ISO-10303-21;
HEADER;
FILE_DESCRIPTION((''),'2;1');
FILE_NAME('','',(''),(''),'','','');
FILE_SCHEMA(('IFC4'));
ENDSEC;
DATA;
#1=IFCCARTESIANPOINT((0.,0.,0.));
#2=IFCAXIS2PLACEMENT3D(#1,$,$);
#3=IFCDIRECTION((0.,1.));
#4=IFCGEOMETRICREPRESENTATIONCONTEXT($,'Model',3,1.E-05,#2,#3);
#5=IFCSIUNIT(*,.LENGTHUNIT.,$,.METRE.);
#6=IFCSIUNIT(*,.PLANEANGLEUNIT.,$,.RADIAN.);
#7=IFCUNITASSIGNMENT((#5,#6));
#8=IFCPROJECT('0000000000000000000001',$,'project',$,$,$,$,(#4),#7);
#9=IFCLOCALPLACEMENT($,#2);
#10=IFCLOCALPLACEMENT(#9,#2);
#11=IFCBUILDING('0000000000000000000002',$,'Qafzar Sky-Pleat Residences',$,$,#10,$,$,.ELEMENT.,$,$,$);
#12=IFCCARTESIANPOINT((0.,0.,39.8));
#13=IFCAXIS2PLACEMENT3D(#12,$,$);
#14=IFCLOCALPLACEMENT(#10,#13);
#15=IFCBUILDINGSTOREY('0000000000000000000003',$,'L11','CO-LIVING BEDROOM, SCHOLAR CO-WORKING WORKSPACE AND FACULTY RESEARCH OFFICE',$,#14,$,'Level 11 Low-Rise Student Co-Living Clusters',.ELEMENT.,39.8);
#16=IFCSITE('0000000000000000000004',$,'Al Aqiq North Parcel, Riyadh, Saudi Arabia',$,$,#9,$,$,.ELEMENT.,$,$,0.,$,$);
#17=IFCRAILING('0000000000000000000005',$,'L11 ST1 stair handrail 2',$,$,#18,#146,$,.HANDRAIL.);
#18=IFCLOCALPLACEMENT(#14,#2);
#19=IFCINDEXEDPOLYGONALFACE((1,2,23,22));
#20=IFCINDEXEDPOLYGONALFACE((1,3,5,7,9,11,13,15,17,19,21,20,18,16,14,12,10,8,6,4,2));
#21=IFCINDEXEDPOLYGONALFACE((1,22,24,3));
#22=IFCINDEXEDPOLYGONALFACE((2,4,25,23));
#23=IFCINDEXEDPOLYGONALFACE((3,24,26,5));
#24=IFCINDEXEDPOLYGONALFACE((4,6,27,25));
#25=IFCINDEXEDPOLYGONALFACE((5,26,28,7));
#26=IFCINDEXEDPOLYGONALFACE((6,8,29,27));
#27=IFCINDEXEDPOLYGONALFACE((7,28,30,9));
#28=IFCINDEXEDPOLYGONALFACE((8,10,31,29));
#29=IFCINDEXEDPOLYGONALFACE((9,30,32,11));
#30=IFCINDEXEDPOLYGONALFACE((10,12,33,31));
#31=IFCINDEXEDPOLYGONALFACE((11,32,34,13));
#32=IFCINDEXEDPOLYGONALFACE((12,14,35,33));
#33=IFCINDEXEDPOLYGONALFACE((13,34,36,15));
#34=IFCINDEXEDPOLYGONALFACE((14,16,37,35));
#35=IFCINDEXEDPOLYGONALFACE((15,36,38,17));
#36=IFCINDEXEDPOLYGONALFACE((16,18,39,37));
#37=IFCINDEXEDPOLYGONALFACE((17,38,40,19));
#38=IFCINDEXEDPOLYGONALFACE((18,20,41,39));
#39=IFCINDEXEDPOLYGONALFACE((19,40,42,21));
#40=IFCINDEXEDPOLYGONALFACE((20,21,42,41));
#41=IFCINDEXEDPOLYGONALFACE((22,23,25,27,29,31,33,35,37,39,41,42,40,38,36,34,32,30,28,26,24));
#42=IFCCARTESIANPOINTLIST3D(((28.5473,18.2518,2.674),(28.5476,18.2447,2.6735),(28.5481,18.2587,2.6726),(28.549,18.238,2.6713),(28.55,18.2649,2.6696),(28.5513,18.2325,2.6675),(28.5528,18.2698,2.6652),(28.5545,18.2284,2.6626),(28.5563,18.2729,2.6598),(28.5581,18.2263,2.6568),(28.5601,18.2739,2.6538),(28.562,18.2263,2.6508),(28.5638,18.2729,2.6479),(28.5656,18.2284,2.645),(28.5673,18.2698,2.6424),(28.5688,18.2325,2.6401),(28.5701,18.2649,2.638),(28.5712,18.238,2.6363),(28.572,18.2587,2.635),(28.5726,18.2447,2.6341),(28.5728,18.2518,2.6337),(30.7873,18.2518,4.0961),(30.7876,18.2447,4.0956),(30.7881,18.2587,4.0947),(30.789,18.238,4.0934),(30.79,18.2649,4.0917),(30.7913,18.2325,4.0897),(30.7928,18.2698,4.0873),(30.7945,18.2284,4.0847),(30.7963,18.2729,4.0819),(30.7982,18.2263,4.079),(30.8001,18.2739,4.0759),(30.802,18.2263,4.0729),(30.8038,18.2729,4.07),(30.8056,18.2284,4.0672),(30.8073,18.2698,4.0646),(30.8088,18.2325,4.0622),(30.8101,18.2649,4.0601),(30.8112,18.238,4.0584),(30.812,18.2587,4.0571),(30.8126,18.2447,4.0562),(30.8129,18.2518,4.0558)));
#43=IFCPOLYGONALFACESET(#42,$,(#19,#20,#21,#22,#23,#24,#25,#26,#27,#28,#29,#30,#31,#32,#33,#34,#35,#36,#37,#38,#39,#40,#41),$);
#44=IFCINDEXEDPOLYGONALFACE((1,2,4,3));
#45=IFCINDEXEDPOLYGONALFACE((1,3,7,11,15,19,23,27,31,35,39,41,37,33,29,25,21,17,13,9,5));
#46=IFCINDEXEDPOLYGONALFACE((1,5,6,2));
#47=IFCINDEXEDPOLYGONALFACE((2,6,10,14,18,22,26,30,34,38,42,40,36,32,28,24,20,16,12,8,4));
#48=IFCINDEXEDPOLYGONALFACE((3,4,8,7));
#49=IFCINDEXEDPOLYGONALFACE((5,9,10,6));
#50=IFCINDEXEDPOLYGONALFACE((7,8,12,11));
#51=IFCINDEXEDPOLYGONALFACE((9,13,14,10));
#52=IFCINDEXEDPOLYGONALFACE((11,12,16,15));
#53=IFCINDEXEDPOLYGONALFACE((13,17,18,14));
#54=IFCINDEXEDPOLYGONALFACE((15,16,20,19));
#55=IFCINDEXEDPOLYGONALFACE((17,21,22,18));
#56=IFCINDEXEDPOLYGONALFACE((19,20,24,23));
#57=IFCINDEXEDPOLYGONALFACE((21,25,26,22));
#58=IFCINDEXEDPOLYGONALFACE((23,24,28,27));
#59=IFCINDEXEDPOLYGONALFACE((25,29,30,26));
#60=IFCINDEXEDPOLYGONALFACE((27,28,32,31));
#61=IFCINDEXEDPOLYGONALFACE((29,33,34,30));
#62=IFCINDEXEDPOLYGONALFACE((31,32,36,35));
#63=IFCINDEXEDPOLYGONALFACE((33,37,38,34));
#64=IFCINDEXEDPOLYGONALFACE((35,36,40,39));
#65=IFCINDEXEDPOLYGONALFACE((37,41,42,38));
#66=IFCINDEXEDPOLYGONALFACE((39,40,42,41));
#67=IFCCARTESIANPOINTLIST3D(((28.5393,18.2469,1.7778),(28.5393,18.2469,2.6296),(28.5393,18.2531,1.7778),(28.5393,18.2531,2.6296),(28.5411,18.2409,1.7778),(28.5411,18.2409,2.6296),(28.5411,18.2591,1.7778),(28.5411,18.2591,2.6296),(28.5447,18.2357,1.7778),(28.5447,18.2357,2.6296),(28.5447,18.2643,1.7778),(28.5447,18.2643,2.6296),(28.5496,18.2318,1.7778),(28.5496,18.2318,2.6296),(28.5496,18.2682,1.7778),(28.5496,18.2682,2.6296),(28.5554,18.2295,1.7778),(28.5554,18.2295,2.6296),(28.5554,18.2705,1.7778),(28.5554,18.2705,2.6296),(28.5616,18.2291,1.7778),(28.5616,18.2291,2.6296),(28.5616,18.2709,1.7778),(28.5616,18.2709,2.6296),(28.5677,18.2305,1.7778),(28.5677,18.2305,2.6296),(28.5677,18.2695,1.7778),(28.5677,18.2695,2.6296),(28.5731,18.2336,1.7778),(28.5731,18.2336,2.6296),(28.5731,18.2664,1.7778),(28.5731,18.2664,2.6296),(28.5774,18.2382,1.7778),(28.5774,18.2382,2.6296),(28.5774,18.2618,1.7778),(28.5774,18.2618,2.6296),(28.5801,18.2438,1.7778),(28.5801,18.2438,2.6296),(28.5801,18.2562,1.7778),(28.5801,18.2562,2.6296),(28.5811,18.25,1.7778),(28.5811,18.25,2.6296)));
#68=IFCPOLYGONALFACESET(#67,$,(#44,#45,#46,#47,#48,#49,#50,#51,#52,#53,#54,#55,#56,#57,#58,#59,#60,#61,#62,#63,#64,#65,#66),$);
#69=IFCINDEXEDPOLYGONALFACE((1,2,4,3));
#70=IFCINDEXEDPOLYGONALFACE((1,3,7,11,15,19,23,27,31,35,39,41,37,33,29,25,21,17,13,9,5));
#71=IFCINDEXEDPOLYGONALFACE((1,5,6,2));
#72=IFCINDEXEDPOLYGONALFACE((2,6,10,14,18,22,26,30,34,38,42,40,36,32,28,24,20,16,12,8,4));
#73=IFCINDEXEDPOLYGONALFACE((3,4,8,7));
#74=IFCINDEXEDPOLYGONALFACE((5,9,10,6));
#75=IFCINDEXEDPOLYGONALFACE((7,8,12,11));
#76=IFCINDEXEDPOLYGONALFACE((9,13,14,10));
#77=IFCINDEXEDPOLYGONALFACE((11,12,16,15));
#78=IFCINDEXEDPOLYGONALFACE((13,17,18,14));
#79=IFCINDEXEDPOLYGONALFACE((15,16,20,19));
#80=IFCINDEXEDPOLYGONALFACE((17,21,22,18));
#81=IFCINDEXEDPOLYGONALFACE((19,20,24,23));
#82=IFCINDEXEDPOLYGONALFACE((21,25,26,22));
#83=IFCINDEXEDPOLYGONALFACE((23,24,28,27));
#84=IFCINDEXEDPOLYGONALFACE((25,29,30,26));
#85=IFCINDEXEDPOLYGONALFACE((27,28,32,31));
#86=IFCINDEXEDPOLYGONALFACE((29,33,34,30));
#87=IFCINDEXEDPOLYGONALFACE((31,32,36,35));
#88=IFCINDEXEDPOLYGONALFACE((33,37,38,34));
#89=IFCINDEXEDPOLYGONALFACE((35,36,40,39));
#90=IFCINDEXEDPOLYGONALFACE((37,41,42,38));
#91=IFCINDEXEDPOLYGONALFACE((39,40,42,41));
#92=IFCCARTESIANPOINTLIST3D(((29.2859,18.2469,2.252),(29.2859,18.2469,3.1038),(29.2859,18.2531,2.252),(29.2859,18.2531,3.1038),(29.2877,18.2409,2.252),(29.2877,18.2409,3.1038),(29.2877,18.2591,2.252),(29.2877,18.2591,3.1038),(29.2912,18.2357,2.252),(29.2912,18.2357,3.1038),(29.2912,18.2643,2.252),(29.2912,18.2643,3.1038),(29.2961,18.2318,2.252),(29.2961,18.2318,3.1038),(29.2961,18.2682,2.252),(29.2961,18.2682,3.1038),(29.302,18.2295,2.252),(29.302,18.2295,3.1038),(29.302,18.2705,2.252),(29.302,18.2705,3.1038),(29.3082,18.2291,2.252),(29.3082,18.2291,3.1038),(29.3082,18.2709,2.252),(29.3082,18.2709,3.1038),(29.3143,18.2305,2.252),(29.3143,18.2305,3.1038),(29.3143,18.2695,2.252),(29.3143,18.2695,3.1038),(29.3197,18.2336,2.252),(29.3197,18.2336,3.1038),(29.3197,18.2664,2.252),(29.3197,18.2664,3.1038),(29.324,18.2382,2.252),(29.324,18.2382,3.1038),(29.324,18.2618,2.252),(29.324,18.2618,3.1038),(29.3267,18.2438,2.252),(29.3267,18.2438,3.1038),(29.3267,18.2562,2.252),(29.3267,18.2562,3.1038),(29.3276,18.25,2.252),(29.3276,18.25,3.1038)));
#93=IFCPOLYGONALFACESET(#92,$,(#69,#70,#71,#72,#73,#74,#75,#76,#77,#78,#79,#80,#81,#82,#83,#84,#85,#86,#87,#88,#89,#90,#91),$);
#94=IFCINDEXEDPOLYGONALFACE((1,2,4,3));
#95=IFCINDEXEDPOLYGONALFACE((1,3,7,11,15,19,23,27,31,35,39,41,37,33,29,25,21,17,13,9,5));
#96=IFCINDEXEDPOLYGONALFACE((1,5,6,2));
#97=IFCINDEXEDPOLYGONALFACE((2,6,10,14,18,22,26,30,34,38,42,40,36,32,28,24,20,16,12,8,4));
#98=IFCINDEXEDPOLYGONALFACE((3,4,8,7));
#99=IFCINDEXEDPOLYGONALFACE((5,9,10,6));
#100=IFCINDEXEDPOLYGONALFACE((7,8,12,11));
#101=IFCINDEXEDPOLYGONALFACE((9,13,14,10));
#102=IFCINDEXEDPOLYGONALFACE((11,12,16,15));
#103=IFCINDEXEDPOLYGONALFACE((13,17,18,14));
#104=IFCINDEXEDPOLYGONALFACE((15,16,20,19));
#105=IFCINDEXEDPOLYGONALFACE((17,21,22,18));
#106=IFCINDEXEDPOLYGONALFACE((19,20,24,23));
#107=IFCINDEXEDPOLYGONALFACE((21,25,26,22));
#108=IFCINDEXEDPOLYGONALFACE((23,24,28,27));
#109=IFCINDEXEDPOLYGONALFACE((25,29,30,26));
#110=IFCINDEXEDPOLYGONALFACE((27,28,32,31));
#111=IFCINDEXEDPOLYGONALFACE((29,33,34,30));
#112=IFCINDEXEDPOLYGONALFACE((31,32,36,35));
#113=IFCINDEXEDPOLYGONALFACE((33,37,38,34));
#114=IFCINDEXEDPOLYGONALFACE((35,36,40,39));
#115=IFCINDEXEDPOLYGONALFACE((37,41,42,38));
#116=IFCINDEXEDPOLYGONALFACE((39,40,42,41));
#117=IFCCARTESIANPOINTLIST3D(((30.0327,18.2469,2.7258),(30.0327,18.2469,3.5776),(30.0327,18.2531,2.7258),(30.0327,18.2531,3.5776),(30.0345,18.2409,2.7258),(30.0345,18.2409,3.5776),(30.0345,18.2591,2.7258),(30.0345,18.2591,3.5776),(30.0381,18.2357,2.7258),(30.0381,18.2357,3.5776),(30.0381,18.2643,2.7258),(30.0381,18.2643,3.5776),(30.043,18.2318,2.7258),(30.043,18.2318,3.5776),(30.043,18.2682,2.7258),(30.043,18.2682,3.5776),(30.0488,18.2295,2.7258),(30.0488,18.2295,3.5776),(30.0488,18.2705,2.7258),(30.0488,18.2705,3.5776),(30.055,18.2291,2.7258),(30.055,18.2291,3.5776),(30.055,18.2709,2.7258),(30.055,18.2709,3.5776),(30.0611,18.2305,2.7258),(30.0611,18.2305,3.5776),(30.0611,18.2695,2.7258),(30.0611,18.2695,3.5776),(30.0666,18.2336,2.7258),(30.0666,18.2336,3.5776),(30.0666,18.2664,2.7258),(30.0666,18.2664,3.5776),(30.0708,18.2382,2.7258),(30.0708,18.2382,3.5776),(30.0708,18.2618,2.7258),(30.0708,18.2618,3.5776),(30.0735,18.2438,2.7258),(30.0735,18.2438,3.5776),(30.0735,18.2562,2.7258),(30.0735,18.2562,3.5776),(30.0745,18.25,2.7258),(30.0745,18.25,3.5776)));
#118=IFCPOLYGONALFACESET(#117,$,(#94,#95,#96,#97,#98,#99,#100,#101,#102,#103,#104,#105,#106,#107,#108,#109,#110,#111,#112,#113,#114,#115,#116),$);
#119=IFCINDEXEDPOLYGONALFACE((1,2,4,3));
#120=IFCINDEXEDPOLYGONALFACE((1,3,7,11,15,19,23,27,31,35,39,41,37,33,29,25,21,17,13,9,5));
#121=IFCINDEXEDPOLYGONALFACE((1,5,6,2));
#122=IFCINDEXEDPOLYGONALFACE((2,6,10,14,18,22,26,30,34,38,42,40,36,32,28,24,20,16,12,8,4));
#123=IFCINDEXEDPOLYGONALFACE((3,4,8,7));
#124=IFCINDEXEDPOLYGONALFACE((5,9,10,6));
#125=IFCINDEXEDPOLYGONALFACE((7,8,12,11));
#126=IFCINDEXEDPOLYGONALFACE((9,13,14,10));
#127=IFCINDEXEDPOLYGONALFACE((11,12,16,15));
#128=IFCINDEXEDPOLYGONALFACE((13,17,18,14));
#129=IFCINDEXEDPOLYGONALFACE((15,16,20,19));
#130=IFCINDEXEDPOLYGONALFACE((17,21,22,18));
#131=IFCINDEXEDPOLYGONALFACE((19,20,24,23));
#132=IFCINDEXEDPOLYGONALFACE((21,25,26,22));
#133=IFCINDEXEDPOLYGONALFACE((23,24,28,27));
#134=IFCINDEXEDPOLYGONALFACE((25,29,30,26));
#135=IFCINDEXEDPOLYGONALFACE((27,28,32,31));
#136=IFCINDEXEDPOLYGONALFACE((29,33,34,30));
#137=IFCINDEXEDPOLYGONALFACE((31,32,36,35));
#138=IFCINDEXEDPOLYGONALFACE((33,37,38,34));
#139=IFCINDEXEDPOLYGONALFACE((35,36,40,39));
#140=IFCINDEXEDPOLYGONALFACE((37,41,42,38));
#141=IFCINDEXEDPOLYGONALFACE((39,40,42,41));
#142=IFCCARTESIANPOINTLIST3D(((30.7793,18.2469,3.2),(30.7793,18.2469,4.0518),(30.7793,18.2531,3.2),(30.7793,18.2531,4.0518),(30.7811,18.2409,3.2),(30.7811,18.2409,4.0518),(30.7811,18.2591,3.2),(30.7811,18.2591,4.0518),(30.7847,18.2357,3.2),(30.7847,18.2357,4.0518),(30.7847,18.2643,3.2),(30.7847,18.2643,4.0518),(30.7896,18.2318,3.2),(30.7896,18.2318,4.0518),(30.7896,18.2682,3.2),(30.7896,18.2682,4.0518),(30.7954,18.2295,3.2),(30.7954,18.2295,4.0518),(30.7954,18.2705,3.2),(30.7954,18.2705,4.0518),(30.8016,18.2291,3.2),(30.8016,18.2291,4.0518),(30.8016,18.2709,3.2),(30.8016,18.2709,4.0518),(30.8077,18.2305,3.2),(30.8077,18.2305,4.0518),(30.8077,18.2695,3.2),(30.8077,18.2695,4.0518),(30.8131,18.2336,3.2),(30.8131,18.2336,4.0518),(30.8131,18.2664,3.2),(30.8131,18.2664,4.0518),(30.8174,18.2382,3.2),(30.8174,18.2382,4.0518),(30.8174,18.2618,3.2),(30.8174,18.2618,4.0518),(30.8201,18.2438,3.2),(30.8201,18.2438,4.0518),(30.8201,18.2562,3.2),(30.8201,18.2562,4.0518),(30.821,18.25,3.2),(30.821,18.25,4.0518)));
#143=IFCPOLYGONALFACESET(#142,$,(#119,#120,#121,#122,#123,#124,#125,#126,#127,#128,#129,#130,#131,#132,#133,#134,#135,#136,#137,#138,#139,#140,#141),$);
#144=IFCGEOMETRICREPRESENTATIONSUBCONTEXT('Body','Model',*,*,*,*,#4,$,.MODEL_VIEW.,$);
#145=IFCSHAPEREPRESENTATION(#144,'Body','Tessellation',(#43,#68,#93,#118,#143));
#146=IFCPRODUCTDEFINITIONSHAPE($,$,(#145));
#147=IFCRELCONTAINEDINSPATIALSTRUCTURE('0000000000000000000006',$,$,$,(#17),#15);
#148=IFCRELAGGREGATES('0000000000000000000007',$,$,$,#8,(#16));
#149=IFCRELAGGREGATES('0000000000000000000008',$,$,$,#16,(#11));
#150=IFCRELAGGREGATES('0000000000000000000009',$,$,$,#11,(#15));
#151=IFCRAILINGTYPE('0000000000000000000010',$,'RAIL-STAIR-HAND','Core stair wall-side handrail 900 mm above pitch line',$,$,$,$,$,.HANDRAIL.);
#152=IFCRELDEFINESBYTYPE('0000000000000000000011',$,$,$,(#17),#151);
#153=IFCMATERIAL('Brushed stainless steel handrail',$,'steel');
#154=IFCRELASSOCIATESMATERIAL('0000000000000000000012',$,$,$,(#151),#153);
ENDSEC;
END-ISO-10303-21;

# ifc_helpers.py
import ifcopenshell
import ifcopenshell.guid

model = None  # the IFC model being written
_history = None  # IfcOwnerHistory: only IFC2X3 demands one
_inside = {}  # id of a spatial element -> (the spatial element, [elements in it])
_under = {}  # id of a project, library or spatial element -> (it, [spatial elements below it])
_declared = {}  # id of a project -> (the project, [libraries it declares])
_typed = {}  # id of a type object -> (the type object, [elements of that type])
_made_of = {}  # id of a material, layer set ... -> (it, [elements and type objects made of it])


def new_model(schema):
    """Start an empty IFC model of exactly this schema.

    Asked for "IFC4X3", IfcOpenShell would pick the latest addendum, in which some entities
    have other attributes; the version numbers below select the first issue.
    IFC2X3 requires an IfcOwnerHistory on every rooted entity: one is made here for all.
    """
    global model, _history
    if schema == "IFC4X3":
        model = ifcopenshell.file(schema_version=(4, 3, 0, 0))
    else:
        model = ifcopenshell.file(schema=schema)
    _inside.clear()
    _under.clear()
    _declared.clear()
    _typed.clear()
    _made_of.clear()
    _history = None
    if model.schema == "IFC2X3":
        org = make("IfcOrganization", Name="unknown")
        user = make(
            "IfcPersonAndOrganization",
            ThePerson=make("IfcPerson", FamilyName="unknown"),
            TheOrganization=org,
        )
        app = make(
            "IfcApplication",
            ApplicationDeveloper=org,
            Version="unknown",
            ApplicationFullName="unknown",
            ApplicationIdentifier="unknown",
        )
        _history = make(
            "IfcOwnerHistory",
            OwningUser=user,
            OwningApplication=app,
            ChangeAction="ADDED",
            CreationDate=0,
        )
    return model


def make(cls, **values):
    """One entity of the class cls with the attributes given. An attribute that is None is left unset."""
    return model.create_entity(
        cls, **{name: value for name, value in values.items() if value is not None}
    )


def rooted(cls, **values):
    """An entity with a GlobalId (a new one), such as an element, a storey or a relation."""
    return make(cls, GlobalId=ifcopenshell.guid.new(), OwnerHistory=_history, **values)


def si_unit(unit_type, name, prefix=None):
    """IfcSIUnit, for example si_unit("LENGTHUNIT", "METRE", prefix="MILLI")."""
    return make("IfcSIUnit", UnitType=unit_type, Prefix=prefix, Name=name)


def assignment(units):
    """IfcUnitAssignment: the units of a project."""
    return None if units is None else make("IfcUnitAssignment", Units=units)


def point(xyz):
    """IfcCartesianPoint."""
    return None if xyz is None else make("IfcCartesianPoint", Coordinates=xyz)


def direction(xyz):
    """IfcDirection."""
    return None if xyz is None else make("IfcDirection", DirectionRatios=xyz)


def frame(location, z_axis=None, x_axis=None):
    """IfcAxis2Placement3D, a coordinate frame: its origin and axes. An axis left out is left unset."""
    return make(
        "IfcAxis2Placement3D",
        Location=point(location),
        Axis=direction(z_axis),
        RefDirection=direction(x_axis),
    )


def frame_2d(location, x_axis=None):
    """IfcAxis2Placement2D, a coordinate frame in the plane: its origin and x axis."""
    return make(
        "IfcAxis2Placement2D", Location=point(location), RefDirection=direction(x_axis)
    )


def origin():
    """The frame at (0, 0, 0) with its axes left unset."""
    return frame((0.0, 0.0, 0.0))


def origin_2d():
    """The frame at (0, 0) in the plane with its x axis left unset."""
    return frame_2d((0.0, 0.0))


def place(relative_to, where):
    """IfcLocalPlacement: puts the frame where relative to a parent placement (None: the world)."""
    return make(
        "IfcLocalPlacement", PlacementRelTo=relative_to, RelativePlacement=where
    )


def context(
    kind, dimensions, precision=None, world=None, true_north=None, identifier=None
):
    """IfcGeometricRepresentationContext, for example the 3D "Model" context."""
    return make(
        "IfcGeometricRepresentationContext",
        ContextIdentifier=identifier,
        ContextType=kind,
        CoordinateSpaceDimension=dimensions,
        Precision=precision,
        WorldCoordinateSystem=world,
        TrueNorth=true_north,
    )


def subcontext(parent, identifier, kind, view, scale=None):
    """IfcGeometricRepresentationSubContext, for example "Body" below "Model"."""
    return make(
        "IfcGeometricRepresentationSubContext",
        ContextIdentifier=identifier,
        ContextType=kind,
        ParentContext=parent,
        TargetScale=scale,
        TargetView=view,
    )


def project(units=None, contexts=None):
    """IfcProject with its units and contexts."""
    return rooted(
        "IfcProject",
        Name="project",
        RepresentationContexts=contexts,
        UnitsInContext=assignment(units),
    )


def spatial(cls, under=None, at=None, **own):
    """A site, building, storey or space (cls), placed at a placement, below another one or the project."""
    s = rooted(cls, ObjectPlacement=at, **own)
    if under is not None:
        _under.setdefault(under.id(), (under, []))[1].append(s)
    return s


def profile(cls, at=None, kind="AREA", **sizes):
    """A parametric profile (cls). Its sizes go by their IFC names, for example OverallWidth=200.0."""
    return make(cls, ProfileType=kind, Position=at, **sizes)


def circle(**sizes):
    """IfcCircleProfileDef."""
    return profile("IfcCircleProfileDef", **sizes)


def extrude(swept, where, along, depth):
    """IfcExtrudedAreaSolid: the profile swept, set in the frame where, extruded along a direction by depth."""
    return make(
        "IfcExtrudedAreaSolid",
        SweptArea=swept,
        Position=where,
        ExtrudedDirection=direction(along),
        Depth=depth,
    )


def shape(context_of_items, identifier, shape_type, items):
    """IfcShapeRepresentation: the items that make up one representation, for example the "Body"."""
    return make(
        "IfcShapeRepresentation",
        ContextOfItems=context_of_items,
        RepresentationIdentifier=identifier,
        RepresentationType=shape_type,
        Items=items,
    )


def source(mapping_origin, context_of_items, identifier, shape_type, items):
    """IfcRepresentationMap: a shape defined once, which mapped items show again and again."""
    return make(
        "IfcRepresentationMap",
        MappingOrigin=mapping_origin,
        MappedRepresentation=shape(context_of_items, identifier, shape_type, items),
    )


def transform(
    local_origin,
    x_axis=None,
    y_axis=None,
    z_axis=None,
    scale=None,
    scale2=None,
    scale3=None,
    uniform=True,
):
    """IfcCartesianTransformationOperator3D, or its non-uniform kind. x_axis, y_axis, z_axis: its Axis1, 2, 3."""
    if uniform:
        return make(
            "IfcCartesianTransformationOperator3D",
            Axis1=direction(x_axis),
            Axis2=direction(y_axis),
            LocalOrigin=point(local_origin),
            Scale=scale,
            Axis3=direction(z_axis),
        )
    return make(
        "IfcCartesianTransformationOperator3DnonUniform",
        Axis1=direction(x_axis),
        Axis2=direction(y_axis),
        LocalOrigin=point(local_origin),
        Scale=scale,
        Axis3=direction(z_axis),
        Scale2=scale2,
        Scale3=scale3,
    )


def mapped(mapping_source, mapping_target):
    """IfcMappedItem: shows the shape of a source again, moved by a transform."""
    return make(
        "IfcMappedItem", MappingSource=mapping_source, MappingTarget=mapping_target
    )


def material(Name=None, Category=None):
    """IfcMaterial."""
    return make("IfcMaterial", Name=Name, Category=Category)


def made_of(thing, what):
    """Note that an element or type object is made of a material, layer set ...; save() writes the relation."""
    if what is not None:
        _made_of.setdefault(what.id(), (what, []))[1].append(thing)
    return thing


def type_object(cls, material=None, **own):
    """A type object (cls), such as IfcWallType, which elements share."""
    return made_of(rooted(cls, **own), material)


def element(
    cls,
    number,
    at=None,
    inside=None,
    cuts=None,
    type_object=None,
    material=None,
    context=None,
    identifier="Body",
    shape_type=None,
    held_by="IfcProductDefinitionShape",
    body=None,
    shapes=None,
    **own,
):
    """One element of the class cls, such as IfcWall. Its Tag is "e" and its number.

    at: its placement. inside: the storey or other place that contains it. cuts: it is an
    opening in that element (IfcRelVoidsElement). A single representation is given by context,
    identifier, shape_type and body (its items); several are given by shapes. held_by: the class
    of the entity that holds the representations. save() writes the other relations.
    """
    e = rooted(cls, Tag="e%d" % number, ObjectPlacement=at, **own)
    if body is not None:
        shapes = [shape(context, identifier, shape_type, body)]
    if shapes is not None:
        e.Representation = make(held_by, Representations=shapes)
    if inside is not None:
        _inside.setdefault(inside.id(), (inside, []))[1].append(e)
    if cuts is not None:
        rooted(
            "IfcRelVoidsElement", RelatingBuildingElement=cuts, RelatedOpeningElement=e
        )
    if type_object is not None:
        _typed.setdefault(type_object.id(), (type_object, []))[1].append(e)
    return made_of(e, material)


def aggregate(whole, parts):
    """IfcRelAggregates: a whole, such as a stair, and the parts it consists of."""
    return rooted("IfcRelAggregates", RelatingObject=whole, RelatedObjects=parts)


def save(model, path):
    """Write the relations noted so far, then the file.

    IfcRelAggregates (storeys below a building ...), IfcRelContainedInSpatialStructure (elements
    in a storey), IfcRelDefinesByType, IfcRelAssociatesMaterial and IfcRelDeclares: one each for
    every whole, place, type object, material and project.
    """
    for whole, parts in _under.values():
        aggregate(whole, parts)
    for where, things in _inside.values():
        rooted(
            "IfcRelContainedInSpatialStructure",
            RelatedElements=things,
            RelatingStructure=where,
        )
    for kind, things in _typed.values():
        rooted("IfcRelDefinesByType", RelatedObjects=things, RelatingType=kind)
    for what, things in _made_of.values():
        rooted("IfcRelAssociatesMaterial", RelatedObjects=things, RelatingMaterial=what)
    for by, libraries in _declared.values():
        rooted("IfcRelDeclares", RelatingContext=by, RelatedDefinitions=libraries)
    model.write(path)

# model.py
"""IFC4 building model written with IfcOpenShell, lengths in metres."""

from ifc_helpers import new_model, si_unit, direction, frame, origin, origin_2d, place, context, subcontext, project, spatial, circle, extrude, source, transform, mapped, material, type_object, element, save


model = new_model("IFC4")

# Units and contexts
model_context = context("Model", 3, precision=1e-05, world=origin(), true_north=direction((0.0, 1.0)))
body_context = subcontext(model_context, "Body", "Model", "MODEL_VIEW")
ifc_project = project(units=[si_unit("LENGTHUNIT", "METRE"), si_unit("PLANEANGLEUNIT", "RADIAN")], contexts=[model_context])

# Site, building, storey
site_placement = place(None, origin())
site = spatial("IfcSite", under=ifc_project, at=site_placement, Name="Al Aqiq North Parcel, Riyadh, Saudi Arabia", CompositionType="ELEMENT", RefElevation=0.0)
building_placement = place(site_placement, origin())
building = spatial("IfcBuilding", under=site, at=building_placement, Name="Qafzar Sky-Pleat Residences", CompositionType="ELEMENT")
storey_placement = place(building_placement, frame((0.0, 0.0, 39.8)))
storey = spatial("IfcBuildingStorey", under=building, at=storey_placement, Name="L11", Description="CO-LIVING BEDROOM, SCHOLAR CO-WORKING WORKSPACE AND FACULTY RESEARCH OFFICE", LongName="Level 11 Low-Rise Student Co-Living Clusters", CompositionType="ELEMENT", Elevation=39.8)

# Railing
ifc_material_1 = material(Name="Brushed stainless steel handrail", Category="steel")
railing_type_1 = type_object("IfcRailingType", Name="RAIL-STAIR-HAND", Description="Core stair wall-side handrail 900 mm above pitch line", PredefinedType="HANDRAIL", material=ifc_material_1)
shared_shape_1 = source(origin(), body_context, "Body", "SweptSolid", [
    extrude(circle(Radius=0.0239, at=origin_2d()), frame((0.0, 0.0, 0.876), z_axis=(0.844229, 0.0, 0.535982), x_axis=(0.0, 1.0, 0.0)), (0.0, 0.0, 1.0), 2.6533),
    extrude(circle(Radius=0.021, at=origin_2d()), origin(), (0.0, 0.0, 1.0), 0.8518),
    extrude(circle(Radius=0.021, at=origin_2d()), frame((0.7466, 0.0, 0.4741)), (0.0, 0.0, 1.0), 0.8518),
    extrude(circle(Radius=0.021, at=origin_2d()), frame((1.4934, 0.0, 0.948)), (0.0, 0.0, 1.0), 0.8518),
    extrude(circle(Radius=0.021, at=origin_2d()), frame((2.24, 0.0, 1.4221)), (0.0, 0.0, 1.0), 0.8518),
])
for number, where, name in (
    (1, (28.5601, 18.25, 1.7778), "L11 ST1 stair handrail 2"),
):
    element("IfcRailing", number, at=place(storey_placement, frame(where)), inside=storey, type_object=railing_type_1, Name=name, PredefinedType="HANDRAIL", context=body_context, shape_type="MappedRepresentation", body=[
        mapped(shared_shape_1, transform((0.0, 0.0, 0.0), x_axis=(1.0, 0.0, 0.0), y_axis=(0.0, 1.0, 0.0), z_axis=(0.0, 0.0, 1.0), scale=1.0)),
    ])

save(model, "model.ifc")
